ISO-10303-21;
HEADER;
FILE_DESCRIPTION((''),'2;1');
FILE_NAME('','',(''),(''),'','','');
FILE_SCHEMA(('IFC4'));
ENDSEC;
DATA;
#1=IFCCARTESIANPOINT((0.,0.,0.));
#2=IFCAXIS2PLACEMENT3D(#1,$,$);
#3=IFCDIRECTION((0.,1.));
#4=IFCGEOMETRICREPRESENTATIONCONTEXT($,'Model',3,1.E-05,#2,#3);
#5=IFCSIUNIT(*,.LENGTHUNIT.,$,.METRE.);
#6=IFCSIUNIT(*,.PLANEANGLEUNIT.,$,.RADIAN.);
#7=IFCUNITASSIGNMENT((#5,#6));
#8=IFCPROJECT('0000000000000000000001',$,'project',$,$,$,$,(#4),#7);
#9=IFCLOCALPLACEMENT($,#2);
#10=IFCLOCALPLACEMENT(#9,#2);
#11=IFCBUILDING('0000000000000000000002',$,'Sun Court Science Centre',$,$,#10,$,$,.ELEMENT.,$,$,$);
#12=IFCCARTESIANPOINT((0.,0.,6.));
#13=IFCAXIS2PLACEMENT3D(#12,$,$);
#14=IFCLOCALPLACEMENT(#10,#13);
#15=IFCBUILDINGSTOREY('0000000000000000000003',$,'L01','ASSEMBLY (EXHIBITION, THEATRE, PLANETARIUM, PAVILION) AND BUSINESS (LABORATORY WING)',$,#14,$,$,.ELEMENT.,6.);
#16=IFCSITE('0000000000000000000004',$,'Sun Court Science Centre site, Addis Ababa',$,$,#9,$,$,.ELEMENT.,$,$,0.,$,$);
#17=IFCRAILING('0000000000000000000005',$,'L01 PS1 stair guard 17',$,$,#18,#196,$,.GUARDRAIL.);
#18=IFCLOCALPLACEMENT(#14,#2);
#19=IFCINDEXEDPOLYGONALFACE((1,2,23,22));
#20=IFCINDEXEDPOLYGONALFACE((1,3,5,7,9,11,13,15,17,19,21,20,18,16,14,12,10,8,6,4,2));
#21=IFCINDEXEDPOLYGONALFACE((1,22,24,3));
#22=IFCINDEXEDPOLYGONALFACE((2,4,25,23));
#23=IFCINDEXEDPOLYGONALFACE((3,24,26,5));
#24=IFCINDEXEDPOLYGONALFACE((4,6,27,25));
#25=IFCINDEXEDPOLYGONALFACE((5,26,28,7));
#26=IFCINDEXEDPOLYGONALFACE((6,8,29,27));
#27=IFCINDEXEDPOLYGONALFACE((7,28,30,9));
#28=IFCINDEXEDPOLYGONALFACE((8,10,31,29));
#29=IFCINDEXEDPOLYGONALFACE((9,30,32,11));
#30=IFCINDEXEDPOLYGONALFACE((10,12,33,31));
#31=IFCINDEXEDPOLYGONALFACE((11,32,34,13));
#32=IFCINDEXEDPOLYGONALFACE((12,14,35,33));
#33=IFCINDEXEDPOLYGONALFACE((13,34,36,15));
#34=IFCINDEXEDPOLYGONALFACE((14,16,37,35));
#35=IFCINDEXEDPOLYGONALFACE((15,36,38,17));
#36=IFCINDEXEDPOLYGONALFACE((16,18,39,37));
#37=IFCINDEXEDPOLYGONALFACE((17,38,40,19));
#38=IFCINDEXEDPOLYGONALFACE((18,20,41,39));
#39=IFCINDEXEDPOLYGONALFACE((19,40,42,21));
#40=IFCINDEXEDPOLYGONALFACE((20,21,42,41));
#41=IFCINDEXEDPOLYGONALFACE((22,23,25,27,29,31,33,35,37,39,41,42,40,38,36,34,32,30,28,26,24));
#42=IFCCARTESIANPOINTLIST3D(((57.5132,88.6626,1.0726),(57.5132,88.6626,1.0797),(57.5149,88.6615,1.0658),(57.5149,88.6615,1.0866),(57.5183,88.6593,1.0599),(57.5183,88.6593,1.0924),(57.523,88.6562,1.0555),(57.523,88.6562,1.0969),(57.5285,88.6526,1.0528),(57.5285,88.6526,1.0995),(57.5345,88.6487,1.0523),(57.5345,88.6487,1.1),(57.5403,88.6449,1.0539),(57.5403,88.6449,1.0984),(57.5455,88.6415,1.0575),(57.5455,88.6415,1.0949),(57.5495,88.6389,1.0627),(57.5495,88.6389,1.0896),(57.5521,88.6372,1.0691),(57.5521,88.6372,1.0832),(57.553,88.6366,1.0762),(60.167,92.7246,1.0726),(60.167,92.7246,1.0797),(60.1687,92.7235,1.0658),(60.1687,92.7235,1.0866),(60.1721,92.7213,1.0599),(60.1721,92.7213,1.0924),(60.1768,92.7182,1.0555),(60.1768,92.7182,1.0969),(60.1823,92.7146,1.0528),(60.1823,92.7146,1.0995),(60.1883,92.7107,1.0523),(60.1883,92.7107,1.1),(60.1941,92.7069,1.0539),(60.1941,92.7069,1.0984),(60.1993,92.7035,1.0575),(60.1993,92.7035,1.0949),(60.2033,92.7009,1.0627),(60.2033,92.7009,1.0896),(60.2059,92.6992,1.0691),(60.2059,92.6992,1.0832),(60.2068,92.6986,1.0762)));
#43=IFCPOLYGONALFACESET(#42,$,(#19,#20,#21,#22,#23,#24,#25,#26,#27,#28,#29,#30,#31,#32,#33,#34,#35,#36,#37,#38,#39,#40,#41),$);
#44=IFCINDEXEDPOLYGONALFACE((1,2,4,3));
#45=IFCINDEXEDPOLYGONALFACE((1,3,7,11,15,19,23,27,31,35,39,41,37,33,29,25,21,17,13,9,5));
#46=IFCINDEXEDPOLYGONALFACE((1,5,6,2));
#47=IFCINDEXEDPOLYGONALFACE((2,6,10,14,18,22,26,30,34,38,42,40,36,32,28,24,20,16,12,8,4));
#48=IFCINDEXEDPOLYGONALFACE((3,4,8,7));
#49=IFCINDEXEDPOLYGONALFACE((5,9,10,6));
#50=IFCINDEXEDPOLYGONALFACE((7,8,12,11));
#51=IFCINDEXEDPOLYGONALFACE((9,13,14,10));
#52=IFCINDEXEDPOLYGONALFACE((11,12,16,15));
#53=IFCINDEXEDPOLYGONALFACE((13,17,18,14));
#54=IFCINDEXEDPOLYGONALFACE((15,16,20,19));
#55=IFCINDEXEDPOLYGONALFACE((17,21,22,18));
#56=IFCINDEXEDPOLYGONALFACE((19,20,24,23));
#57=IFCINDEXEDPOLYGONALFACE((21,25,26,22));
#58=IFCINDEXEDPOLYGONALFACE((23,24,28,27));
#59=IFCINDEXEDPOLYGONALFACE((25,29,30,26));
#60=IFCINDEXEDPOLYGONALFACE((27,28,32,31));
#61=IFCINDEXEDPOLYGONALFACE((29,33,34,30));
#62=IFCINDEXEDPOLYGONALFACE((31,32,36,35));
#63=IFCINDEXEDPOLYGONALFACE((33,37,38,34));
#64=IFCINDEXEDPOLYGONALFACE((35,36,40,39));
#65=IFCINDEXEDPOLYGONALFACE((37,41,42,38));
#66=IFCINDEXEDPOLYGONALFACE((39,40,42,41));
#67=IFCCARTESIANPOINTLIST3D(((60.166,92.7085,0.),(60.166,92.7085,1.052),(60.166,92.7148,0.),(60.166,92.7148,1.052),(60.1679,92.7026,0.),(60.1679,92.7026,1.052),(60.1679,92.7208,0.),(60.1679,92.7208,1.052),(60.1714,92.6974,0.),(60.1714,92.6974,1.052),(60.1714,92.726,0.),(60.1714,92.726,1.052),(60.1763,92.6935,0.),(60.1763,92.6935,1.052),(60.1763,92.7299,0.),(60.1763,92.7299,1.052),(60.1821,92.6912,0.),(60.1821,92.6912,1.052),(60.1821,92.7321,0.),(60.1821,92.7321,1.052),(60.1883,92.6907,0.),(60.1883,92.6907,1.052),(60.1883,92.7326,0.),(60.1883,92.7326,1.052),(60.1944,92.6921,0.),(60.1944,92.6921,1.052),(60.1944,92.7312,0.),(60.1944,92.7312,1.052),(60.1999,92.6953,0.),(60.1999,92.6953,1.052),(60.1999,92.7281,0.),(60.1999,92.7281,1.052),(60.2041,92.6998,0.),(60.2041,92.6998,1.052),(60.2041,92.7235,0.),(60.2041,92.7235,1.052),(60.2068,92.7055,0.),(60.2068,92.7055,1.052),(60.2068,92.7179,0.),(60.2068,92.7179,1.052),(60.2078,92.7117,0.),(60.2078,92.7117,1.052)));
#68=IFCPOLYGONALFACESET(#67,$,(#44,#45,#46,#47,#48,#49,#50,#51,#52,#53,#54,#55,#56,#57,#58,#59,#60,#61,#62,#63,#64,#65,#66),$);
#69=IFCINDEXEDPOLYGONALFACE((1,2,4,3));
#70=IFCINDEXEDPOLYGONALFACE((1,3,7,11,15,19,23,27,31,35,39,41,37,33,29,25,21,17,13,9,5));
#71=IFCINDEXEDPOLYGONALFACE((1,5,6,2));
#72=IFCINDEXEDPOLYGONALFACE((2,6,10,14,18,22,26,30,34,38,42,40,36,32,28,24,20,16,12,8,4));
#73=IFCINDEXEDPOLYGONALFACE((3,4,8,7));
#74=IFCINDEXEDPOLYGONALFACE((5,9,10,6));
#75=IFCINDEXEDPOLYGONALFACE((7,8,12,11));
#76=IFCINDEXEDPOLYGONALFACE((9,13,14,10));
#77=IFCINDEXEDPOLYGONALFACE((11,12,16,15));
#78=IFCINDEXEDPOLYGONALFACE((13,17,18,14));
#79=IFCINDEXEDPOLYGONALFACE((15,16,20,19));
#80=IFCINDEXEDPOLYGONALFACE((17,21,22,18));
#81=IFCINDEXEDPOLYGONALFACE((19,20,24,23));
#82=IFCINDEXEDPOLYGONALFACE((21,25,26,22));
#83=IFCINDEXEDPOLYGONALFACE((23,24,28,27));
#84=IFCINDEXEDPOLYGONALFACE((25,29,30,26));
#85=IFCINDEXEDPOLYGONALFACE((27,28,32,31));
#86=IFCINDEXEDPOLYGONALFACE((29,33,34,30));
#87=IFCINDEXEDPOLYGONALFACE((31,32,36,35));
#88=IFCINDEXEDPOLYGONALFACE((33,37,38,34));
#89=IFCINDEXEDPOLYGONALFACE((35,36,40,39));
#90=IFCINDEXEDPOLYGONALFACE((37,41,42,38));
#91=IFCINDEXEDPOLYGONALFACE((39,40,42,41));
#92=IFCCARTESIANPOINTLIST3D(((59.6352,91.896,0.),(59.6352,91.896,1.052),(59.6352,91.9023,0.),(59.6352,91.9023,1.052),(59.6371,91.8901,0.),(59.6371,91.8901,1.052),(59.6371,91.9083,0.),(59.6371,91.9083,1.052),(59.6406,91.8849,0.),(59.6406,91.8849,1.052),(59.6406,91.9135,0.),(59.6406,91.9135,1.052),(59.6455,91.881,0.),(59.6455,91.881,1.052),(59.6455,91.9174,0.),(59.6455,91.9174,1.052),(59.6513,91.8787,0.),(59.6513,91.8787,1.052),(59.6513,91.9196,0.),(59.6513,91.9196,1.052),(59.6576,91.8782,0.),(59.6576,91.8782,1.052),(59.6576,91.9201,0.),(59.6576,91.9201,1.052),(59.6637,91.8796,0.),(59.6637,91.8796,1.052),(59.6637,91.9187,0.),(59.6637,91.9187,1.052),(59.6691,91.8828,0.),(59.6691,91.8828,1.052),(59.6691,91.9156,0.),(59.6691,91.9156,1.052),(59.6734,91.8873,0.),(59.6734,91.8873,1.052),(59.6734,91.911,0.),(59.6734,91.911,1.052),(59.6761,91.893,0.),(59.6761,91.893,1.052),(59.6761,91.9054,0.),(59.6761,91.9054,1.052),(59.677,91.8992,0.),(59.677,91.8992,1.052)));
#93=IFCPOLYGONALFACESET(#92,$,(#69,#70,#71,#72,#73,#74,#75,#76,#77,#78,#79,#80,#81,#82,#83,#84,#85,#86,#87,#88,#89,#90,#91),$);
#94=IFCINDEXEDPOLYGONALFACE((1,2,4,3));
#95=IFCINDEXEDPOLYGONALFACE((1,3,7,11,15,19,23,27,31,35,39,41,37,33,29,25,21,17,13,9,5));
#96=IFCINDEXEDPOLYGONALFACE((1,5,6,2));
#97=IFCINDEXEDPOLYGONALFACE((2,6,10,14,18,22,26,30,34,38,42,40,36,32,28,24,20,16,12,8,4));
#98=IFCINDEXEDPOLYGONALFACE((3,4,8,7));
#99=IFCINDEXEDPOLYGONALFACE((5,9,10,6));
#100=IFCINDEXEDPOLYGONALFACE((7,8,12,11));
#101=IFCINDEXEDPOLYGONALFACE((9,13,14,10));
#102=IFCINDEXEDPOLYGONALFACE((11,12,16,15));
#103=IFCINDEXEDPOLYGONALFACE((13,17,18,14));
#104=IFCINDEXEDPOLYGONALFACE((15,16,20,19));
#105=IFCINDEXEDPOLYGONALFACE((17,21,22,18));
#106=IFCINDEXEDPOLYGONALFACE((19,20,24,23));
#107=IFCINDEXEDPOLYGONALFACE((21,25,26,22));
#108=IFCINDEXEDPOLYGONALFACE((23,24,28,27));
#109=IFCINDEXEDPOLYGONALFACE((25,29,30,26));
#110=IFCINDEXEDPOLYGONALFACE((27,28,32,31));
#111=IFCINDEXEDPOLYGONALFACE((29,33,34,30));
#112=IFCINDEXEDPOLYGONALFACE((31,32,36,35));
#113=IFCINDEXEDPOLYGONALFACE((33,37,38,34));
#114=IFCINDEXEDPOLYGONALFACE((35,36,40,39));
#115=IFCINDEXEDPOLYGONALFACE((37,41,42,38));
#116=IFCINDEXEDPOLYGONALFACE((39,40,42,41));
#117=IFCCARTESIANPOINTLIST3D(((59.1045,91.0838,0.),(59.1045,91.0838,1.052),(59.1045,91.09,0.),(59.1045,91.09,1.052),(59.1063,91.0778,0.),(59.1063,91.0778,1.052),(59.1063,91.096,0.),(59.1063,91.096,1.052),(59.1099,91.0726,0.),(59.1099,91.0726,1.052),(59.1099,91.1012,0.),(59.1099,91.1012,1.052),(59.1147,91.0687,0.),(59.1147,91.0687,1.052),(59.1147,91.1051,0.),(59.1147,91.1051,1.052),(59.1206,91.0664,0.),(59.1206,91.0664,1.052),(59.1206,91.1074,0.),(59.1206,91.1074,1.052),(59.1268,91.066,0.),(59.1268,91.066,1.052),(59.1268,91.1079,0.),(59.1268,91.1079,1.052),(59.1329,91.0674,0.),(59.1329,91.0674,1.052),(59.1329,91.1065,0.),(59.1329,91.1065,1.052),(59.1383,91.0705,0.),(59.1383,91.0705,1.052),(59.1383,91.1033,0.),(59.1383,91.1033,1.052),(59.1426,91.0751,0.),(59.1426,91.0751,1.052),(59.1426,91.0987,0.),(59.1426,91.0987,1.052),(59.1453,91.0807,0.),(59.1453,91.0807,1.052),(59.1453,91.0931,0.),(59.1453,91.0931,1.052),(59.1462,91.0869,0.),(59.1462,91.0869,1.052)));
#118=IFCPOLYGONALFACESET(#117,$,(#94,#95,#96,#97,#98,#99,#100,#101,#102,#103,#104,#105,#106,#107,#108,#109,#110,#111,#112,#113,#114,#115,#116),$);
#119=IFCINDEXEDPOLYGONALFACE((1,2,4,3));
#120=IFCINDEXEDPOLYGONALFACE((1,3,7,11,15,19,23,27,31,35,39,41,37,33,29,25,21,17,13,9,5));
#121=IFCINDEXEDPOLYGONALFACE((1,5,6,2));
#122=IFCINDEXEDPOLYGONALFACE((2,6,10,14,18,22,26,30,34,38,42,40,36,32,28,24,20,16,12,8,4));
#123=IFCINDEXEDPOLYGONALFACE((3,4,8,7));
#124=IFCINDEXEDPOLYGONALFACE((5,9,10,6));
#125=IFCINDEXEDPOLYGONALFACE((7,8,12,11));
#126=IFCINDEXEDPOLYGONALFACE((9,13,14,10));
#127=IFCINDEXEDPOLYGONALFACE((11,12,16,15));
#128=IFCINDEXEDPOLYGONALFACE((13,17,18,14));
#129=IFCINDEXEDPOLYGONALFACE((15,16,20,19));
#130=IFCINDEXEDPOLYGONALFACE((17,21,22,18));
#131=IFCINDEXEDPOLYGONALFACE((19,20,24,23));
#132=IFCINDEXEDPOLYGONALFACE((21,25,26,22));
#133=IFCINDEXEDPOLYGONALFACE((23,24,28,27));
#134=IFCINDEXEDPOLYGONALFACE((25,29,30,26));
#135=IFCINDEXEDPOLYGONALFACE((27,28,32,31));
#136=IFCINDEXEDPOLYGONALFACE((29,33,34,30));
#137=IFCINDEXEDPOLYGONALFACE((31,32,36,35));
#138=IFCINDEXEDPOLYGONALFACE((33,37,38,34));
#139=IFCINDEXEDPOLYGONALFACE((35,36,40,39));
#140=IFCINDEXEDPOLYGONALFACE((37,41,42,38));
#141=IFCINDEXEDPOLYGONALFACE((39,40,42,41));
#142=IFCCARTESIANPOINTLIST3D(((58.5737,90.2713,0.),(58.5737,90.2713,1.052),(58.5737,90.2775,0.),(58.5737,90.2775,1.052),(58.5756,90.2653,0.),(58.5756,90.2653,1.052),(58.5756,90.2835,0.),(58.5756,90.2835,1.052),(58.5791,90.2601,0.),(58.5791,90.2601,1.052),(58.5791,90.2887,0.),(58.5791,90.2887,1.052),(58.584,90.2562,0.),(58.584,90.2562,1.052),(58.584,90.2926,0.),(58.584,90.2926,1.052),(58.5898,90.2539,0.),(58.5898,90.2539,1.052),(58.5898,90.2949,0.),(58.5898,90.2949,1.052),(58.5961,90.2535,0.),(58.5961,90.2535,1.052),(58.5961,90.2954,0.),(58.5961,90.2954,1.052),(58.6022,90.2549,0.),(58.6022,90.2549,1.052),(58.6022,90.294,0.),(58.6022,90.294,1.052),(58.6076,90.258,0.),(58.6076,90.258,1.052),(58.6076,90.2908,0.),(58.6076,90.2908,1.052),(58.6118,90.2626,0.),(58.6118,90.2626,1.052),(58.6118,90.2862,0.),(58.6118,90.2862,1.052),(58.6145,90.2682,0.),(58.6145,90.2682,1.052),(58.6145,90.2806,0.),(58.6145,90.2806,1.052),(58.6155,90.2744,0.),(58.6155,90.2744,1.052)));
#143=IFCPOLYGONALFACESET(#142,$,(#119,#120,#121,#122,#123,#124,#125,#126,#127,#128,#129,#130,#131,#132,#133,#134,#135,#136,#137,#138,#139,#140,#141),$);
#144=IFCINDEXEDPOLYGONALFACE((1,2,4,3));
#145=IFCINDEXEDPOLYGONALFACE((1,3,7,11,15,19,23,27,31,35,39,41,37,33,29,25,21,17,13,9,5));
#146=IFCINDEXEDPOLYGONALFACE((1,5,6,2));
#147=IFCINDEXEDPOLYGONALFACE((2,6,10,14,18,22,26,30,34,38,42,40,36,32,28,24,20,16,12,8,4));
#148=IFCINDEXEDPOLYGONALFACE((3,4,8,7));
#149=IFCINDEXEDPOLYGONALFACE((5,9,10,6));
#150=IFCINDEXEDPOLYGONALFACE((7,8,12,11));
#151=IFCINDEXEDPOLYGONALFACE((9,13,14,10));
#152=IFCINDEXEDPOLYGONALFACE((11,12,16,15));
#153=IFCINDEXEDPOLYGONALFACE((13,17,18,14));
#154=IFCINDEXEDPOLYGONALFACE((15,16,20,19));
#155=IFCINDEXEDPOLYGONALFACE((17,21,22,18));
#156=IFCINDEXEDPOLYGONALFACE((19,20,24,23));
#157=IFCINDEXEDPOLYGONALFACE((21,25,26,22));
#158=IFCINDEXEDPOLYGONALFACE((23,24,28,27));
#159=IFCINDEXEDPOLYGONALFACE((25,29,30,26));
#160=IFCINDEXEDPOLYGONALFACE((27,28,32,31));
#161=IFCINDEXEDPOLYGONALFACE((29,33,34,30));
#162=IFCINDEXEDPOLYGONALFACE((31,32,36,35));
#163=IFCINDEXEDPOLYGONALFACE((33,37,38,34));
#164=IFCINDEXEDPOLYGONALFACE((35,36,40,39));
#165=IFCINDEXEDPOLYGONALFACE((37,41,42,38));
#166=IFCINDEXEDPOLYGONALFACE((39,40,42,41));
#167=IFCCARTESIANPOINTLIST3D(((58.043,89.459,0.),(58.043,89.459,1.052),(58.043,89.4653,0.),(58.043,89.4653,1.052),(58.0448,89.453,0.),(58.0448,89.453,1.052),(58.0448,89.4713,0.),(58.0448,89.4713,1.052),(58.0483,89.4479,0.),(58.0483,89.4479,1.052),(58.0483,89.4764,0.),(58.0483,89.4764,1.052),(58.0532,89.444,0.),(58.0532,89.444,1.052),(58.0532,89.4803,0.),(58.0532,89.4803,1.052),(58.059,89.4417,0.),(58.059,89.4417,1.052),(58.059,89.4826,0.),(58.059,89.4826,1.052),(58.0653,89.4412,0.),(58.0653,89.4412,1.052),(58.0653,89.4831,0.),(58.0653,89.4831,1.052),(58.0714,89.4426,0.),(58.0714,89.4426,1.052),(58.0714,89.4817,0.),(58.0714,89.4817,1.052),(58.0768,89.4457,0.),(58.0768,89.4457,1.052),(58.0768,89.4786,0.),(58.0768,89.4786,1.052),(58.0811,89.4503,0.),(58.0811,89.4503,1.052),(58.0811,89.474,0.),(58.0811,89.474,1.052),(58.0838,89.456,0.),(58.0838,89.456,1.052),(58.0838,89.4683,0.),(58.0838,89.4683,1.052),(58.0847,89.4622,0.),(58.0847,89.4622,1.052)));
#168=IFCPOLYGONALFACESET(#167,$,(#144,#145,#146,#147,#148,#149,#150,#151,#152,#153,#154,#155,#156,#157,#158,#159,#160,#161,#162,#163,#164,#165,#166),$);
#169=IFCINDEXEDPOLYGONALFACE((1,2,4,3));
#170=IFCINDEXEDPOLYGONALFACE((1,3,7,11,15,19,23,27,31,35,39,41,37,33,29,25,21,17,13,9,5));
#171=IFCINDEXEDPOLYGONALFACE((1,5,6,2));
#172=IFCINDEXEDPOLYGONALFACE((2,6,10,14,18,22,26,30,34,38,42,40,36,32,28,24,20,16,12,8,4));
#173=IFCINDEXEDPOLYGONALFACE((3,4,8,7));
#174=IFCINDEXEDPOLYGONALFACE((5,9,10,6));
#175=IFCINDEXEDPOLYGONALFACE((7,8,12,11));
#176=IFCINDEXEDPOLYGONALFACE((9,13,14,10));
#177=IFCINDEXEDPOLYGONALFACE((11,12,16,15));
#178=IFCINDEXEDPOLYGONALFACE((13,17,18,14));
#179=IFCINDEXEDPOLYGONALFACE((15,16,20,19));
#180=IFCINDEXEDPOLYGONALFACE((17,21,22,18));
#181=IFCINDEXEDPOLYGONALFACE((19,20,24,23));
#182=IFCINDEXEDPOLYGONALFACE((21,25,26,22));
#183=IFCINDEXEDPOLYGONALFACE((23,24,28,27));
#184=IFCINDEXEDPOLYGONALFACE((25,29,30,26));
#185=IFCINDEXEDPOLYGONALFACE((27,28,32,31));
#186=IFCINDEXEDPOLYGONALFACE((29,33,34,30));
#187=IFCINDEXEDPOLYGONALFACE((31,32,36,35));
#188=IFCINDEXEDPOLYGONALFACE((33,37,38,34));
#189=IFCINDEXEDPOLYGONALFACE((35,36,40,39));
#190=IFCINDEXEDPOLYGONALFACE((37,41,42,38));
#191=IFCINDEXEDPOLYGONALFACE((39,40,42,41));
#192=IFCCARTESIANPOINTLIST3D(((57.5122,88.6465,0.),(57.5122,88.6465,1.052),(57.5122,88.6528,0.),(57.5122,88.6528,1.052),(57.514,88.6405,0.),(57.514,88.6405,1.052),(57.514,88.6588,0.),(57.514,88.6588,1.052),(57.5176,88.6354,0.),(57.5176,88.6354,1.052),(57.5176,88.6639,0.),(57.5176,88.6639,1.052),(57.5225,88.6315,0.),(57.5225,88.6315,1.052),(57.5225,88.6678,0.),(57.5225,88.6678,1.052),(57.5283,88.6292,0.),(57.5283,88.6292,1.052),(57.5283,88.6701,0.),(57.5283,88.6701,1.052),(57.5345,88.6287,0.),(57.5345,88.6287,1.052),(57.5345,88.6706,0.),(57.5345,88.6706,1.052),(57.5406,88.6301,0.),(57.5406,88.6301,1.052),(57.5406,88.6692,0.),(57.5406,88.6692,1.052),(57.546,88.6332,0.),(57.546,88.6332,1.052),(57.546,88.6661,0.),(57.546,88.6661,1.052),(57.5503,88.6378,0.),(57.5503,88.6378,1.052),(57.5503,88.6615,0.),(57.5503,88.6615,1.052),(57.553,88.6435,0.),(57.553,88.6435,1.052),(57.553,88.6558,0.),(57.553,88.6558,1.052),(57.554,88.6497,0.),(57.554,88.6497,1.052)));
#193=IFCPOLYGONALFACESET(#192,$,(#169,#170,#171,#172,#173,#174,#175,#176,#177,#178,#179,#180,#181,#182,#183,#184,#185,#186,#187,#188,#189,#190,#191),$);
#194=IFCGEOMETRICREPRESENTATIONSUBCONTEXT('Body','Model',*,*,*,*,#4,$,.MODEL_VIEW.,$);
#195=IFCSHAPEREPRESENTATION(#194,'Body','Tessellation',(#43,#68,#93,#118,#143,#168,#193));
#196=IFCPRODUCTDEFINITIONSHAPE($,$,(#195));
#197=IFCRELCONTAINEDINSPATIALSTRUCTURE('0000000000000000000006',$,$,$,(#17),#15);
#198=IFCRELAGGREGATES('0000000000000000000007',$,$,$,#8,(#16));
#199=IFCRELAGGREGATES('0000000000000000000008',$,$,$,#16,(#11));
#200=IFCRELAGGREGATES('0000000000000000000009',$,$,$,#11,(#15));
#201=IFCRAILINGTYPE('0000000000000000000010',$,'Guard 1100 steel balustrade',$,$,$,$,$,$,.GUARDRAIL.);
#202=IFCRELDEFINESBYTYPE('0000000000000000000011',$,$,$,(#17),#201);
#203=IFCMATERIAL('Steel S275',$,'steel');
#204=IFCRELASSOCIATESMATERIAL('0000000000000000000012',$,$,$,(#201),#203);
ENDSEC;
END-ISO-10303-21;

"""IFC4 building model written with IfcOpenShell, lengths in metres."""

from ifc_helpers import new_model, si_unit, direction, frame, origin, origin_2d, place, context, subcontext, project, spatial, circle, extrude, material, type_object, element, save


model = new_model("IFC4")

# Units and contexts
model_context = context("Model", 3, precision=1e-05, world=origin(), true_north=direction((0.0, 1.0)))
body_context = subcontext(model_context, "Body", "Model", "MODEL_VIEW")
ifc_project = project(units=[si_unit("LENGTHUNIT", "METRE"), si_unit("PLANEANGLEUNIT", "RADIAN")], contexts=[model_context])

# Site, building, storey
site_placement = place(None, origin())
site = spatial("IfcSite", under=ifc_project, at=site_placement, Name="Sun Court Science Centre site, Addis Ababa", CompositionType="ELEMENT", RefElevation=0.0)
building_placement = place(site_placement, origin())
building = spatial("IfcBuilding", under=site, at=building_placement, Name="Sun Court Science Centre", CompositionType="ELEMENT")
storey_placement = place(building_placement, frame((0.0, 0.0, 6.0)))
storey = spatial("IfcBuildingStorey", under=building, at=storey_placement, Name="L01", Description="ASSEMBLY (EXHIBITION, THEATRE, PLANETARIUM, PAVILION) AND BUSINESS (LABORATORY WING)", CompositionType="ELEMENT", Elevation=6.0)

# Railing
ifc_material_1 = material(Name="Steel S275", Category="steel")
railing_type_1 = type_object("IfcRailingType", Name="Guard 1100 steel balustrade", PredefinedType="GUARDRAIL", material=ifc_material_1)
railing_placement = place(storey_placement, frame((60.1868, 92.7117, 0.0)))
element("IfcRailing", 1, at=railing_placement, inside=storey, type_object=railing_type_1, Name="L01 PS1 stair guard 17", PredefinedType="GUARDRAIL", context=body_context, shape_type="SweptSolid", body=[
    extrude(circle(Radius=0.0239, at=origin_2d()), frame((0.0, 0.0, 1.0762), z_axis=(-0.546943, -0.83717, 0.0), x_axis=(0.83717, -0.546943, 0.0)), (0.0, 0.0, 1.0), 4.8521),
    extrude(circle(Radius=0.021, at=origin_2d()), origin(), (0.0, 0.0, 1.0), 1.052),
    extrude(circle(Radius=0.021, at=origin_2d()), frame((-0.5308, -0.8125, 0.0)), (0.0, 0.0, 1.0), 1.052),
    extrude(circle(Radius=0.021, at=origin_2d()), frame((-1.0615, -1.6248, 0.0)), (0.0, 0.0, 1.0), 1.052),
    extrude(circle(Radius=0.021, at=origin_2d()), frame((-1.5923, -2.4373, 0.0)), (0.0, 0.0, 1.0), 1.052),
    extrude(circle(Radius=0.021, at=origin_2d()), frame((-2.123, -3.2495, 0.0)), (0.0, 0.0, 1.0), 1.052),
    extrude(circle(Radius=0.021, at=origin_2d()), frame((-2.6538, -4.062, 0.0)), (0.0, 0.0, 1.0), 1.052),
])

save(model, "model.ifc")
